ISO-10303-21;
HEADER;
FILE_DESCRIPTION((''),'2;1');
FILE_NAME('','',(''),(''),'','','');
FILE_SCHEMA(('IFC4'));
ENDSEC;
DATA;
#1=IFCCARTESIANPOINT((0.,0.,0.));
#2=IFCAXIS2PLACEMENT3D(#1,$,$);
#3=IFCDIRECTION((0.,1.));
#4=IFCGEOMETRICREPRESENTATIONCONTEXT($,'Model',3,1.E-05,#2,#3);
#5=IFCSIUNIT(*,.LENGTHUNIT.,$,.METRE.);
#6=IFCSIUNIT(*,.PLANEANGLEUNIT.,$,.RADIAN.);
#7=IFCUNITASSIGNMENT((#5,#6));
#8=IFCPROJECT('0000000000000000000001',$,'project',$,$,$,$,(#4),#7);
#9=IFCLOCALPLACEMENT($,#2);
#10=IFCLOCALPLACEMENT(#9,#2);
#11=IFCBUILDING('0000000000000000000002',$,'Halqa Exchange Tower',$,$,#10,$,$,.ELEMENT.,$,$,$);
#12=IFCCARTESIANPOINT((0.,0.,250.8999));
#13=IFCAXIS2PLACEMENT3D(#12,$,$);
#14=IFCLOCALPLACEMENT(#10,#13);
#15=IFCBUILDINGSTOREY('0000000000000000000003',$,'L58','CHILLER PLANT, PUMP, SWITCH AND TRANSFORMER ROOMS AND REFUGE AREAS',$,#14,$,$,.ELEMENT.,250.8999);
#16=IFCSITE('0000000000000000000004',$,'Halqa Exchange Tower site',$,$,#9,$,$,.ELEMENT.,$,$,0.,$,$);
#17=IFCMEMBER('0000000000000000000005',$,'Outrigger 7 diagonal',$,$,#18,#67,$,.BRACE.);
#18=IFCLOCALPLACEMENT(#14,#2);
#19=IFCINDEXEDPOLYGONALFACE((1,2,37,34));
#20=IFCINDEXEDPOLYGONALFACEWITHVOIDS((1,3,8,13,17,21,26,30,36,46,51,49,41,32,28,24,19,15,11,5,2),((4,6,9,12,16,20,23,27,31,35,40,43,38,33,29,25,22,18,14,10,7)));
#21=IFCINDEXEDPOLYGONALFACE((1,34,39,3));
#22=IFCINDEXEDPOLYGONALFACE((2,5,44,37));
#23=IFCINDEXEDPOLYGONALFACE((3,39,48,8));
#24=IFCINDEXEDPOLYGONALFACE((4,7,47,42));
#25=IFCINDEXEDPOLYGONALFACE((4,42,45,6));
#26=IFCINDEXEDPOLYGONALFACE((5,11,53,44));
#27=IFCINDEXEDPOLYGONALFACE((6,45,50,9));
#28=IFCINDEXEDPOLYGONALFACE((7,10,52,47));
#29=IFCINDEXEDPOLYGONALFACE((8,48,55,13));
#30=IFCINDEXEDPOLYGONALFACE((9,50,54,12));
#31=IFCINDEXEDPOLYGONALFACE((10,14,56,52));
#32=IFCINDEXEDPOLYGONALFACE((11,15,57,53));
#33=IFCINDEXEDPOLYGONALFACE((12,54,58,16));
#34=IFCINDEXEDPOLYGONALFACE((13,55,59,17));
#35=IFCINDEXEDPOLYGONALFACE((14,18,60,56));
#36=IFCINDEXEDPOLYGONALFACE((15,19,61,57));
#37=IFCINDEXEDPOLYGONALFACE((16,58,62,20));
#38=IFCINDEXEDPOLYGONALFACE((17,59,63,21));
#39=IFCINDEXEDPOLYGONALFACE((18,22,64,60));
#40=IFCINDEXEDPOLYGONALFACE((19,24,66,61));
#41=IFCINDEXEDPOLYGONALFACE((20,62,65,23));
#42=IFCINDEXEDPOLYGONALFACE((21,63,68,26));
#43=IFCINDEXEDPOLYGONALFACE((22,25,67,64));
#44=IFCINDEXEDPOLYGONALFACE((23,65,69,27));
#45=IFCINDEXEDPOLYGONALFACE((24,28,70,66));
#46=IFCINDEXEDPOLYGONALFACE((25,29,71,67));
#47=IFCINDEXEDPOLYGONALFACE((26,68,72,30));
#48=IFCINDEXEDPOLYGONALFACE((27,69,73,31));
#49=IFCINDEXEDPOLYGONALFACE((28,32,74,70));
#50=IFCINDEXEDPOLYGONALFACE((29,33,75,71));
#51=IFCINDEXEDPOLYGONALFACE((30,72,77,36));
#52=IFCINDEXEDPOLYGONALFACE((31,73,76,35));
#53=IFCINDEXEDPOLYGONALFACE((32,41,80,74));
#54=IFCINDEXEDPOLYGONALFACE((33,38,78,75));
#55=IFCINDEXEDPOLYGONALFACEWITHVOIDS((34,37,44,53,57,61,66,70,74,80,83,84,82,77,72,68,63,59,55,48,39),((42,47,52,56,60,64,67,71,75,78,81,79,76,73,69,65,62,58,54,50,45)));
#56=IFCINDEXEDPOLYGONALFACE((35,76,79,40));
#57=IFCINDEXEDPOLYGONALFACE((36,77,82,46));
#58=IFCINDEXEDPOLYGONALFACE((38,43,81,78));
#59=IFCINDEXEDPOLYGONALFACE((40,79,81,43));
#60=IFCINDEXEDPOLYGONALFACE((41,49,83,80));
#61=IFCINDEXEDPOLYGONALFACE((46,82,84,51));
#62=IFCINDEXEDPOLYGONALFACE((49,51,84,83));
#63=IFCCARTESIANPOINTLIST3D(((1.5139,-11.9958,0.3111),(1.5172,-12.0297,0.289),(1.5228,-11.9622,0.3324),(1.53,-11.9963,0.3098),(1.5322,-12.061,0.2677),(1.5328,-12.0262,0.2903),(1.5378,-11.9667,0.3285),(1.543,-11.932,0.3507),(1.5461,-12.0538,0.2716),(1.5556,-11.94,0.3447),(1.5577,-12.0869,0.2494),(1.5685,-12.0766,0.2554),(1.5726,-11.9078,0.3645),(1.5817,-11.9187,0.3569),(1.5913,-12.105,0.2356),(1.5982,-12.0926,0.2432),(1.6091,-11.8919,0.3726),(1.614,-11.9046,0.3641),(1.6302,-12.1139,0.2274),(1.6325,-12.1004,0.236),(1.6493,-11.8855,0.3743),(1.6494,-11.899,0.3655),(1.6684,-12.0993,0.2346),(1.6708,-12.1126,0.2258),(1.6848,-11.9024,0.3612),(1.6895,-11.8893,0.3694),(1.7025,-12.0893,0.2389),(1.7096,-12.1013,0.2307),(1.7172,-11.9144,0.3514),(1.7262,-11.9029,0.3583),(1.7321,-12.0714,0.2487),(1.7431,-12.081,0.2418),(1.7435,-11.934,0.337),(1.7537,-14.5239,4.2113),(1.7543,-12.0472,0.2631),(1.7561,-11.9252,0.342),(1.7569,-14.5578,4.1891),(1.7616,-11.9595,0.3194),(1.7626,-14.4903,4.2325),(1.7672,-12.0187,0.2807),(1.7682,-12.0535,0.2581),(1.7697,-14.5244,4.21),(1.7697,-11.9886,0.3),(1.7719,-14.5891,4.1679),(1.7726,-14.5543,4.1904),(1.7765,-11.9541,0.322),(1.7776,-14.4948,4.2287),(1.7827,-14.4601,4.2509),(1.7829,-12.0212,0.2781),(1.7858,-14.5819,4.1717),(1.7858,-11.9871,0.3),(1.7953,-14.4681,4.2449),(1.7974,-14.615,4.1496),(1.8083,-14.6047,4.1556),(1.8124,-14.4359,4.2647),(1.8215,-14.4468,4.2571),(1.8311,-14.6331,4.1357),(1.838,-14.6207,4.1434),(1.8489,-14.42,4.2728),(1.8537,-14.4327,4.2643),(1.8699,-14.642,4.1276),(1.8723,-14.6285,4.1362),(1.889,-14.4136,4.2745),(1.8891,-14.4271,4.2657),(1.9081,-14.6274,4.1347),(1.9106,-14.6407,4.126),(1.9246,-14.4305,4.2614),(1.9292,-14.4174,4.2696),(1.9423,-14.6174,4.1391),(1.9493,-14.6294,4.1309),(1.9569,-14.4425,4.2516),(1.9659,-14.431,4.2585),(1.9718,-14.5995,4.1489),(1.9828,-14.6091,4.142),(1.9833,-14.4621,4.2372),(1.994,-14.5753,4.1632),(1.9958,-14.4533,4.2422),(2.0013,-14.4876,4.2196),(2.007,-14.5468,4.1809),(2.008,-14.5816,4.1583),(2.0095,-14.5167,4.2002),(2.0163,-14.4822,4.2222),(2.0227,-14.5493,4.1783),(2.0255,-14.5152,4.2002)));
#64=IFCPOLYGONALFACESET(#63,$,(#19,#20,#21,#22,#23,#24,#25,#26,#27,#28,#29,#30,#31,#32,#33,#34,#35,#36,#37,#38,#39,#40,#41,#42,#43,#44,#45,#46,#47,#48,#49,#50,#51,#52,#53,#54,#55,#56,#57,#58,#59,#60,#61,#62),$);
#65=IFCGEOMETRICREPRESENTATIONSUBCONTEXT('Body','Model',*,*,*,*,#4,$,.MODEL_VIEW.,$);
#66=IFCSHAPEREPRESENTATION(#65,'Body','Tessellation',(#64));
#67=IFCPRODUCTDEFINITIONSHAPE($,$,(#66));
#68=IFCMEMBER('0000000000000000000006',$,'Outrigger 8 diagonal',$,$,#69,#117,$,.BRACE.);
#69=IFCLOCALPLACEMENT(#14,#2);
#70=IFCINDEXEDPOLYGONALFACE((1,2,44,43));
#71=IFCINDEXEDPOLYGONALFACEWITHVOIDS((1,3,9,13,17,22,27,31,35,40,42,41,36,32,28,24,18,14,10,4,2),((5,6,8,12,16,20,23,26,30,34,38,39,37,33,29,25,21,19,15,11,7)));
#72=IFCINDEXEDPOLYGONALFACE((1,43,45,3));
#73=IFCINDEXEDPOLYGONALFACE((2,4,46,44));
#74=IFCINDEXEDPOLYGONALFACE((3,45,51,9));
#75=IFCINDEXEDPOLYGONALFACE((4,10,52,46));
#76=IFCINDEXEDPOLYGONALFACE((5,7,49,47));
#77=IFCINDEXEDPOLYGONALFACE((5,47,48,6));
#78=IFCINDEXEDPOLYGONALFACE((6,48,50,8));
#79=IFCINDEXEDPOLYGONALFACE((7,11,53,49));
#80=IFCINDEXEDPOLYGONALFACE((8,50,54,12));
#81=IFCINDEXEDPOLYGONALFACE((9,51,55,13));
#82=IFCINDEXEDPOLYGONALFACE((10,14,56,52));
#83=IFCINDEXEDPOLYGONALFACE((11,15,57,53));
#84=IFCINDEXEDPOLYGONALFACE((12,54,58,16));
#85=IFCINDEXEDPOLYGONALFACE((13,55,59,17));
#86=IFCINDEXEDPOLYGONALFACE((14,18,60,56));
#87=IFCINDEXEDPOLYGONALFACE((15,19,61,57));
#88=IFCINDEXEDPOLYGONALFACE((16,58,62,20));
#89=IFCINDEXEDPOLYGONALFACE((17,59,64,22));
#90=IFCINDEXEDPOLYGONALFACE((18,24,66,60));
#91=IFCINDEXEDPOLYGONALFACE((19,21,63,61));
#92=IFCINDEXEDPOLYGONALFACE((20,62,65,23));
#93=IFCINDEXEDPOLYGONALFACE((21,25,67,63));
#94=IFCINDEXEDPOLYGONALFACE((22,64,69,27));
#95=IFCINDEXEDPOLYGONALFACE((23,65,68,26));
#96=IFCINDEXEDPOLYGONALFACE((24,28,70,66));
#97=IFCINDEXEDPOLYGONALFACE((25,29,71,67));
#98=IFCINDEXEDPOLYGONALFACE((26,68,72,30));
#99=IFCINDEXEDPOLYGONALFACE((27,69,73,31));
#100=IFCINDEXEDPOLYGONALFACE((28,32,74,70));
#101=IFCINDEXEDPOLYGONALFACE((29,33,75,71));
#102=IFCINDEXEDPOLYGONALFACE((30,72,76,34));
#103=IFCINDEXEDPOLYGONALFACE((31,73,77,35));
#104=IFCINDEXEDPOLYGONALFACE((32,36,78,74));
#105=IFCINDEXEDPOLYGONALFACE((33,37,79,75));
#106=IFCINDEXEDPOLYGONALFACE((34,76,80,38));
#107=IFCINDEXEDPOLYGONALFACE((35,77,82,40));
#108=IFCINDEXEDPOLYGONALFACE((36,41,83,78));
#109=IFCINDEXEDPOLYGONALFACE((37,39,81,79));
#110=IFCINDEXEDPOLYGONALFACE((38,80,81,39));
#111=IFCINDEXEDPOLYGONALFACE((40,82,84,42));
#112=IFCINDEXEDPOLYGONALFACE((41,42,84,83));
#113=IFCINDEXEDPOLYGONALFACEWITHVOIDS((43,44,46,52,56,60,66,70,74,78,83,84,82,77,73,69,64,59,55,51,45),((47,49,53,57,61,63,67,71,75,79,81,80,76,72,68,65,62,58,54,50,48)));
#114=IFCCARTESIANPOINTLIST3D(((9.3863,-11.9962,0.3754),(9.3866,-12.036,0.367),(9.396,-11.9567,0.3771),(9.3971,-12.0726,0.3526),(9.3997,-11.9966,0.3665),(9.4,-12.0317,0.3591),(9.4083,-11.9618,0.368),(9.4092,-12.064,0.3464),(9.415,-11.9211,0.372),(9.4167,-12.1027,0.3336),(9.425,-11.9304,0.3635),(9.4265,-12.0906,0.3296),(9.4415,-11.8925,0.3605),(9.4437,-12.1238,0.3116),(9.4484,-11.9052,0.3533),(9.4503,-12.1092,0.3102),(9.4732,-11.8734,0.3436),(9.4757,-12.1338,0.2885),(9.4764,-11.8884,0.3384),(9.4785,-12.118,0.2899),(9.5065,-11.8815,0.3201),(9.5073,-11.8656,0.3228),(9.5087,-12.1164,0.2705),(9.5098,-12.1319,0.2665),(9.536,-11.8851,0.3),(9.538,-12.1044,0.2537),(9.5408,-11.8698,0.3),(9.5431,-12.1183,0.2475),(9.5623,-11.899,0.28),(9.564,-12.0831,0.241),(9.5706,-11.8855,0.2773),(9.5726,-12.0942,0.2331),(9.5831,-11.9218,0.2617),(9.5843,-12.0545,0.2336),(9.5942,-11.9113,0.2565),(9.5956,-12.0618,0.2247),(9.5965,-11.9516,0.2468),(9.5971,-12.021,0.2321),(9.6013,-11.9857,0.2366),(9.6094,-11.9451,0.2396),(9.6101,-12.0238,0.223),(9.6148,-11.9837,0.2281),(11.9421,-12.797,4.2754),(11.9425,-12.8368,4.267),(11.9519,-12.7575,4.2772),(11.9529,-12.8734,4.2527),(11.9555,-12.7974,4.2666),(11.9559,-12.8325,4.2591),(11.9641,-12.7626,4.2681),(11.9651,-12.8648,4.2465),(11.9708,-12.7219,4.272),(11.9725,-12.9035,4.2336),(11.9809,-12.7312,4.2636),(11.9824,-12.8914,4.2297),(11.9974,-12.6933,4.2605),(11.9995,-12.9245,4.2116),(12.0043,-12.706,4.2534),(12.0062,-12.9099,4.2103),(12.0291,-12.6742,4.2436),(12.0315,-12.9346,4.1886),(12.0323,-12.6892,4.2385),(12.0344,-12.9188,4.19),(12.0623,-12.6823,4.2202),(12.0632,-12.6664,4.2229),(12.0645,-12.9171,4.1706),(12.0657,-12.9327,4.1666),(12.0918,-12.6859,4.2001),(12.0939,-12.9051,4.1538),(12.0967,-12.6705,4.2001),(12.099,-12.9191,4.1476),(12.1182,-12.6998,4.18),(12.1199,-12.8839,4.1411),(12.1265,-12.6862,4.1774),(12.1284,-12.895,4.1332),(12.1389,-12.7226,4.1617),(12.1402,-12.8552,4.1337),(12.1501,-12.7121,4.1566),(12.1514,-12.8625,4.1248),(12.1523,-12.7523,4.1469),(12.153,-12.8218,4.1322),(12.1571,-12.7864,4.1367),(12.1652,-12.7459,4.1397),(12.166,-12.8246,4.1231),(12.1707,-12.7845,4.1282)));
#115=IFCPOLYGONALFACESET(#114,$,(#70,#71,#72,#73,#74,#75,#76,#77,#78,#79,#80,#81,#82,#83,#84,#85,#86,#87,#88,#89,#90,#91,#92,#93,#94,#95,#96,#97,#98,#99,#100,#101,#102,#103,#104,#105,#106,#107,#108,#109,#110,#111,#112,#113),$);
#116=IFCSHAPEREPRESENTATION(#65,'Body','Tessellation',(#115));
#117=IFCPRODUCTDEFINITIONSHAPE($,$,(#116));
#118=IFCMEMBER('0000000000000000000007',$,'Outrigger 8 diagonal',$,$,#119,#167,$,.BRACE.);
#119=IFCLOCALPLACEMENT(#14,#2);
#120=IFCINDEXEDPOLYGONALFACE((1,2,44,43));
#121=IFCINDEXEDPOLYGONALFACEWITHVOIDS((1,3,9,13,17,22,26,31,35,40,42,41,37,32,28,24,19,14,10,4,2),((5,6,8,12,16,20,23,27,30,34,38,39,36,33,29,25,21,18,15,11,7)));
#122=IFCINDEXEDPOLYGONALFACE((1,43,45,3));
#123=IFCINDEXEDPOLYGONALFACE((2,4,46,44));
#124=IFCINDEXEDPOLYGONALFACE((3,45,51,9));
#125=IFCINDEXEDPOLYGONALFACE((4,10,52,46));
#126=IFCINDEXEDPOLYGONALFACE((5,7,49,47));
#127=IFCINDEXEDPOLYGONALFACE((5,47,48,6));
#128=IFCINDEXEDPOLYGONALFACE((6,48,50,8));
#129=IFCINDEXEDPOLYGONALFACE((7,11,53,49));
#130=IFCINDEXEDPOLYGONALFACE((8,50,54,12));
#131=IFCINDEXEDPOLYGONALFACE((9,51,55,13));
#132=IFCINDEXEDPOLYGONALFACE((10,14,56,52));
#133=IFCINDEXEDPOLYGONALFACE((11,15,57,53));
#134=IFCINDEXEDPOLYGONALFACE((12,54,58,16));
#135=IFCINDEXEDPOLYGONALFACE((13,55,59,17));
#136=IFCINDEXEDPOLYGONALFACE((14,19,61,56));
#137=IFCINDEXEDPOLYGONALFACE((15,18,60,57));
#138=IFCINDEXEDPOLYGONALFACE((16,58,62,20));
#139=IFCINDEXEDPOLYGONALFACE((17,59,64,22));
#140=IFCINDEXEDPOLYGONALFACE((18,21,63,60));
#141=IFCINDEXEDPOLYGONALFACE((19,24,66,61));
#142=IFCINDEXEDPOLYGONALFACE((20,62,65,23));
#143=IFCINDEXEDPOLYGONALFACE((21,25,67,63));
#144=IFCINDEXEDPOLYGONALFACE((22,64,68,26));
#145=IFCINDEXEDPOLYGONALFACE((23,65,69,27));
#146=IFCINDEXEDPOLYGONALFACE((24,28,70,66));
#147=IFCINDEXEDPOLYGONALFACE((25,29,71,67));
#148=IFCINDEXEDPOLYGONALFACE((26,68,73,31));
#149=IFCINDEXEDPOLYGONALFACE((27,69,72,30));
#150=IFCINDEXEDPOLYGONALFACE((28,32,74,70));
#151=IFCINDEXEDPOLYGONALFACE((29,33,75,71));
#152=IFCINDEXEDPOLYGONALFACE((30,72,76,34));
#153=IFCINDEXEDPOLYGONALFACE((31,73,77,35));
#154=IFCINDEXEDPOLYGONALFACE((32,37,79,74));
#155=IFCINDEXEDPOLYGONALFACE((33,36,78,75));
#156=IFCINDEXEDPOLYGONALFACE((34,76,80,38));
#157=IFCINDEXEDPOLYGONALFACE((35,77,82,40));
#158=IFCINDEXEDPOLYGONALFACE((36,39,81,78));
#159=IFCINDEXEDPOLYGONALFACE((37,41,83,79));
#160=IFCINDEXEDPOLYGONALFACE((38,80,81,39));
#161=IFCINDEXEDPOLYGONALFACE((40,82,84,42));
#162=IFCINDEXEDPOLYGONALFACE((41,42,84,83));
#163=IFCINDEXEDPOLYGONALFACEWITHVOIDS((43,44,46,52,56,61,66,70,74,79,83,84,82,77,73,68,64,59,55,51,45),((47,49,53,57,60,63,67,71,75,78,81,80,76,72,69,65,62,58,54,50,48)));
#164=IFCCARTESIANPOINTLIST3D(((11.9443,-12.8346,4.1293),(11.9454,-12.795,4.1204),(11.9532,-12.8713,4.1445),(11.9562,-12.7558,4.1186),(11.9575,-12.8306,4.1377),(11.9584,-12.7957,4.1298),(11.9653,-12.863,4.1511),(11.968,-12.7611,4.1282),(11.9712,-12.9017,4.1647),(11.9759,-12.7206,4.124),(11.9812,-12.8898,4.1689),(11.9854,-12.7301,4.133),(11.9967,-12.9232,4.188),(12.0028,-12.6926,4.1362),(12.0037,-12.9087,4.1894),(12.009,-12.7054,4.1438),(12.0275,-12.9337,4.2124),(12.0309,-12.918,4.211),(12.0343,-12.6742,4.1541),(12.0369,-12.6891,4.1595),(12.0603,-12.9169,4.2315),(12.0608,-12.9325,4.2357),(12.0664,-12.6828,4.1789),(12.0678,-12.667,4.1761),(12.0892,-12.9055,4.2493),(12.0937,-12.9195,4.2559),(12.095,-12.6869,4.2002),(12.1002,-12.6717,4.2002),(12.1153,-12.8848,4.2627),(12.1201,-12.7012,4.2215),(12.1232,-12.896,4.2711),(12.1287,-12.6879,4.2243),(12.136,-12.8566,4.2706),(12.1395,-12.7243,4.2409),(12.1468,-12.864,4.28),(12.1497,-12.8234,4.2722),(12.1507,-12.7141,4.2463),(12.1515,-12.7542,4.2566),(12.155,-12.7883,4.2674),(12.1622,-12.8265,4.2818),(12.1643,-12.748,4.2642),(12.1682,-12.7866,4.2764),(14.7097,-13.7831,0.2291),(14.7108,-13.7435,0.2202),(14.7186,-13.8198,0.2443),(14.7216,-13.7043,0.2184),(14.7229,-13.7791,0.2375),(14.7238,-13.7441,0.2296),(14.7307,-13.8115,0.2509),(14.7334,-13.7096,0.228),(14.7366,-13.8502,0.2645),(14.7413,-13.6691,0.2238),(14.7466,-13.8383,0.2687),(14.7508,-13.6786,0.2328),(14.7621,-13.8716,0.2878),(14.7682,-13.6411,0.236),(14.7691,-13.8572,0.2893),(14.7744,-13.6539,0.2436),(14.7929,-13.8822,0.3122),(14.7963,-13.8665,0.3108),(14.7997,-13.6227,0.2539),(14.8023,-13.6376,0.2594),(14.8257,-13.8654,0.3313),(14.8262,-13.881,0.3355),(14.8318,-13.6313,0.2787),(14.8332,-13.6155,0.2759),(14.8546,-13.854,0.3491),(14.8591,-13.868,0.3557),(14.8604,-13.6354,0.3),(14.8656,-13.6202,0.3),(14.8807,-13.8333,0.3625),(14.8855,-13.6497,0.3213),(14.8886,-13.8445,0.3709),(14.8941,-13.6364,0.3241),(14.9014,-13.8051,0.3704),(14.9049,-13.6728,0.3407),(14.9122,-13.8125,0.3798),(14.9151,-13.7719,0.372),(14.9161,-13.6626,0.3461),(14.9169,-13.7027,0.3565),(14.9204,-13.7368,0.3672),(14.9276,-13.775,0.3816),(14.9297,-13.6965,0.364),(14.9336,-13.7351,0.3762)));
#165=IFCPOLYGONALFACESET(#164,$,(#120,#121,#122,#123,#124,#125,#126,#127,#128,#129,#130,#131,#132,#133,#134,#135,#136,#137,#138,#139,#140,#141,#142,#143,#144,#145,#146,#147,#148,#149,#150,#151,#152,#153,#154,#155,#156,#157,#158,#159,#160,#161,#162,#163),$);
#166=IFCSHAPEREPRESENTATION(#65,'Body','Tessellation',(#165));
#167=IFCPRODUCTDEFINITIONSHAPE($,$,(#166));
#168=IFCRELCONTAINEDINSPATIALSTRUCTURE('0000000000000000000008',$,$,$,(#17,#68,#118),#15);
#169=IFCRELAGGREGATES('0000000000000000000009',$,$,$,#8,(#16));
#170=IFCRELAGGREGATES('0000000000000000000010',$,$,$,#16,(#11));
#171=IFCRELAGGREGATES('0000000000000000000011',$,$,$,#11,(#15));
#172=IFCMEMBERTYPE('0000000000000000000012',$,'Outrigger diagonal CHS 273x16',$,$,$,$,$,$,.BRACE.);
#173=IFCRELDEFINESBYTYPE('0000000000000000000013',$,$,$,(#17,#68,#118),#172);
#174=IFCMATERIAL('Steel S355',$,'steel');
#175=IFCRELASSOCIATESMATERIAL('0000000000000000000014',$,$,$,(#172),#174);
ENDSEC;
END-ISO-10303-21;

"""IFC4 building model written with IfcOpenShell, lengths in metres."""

from ifc_helpers import new_model, si_unit, direction, frame, origin, origin_2d, place, context, subcontext, project, spatial, hollow_circle, extrude, material, material_profile, profile_set, type_object, element, save


model = new_model("IFC4")

# Units and contexts
model_context = context("Model", 3, precision=1e-05, world=origin(), true_north=direction((0.0, 1.0)))
body_context = subcontext(model_context, "Body", "Model", "MODEL_VIEW")
ifc_project = project(units=[si_unit("LENGTHUNIT", "METRE"), si_unit("PLANEANGLEUNIT", "RADIAN")], contexts=[model_context])

# Site, building, storey
site_placement = place(None, origin())
site = spatial("IfcSite", under=ifc_project, at=site_placement, Name="Halqa Exchange Tower site", CompositionType="ELEMENT", RefElevation=0.0)
building_placement = place(site_placement, origin())
building = spatial("IfcBuilding", under=site, at=building_placement, Name="Halqa Exchange Tower", CompositionType="ELEMENT")
storey_placement = place(building_placement, frame((0.0, 0.0, 250.8999)))
storey = spatial("IfcBuildingStorey", under=building, at=storey_placement, Name="L58", Description="CHILLER PLANT, PUMP, SWITCH AND TRANSFORMER ROOMS AND REFUGE AREAS", CompositionType="ELEMENT", Elevation=250.8999)

# Shared definitions
ifc_material_1 = material(Name="Steel S355", Category="steel")

# Members
ifc_material_profile_1 = material_profile(ifc_material_1, hollow_circle(Radius=0.1365, WallThickness=0.0161, at=origin_2d()), Name="CHS 273x16")
ifc_profile_set_1 = profile_set([ifc_material_profile_1], Name="Steel S355")
member_type_1 = type_object("IfcMemberType", Name="Outrigger diagonal CHS 273x16", PredefinedType="BRACE", material=ifc_profile_set_1)
member_1_placement = place(storey_placement, frame((1.6499, -12.0, 0.3), z_axis=(0.051514, -0.543204, 0.838019), x_axis=(0.995533, 0.09441, 0.0)))
element("IfcMember", 1, at=member_1_placement, inside=storey, type_object=member_type_1, Name="Outrigger 7 diagonal", PredefinedType="BRACE", context=body_context, shape_type="SweptSolid", body=[
    extrude(hollow_circle(Radius=0.1365, WallThickness=0.0161, at=origin_2d()), origin(), (0.0, 0.0, 1.0), 4.6541),
])
member_2_placement = place(storey_placement, frame((9.5, -12.0, 0.3), z_axis=(0.540214, -0.169252, 0.824331), x_axis=(0.298976, 0.954261, 0.0)))
element("IfcMember", 2, at=member_2_placement, inside=storey, type_object=member_type_1, Name="Outrigger 8 diagonal", PredefinedType="BRACE", context=body_context, shape_type="SweptSolid", body=[
    extrude(hollow_circle(Radius=0.1365, WallThickness=0.0161, at=origin_2d()), origin(), (0.0, 0.0, 1.0), 4.7312),
])
member_3_placement = place(storey_placement, frame((12.0559, -12.8008, 4.2002), z_axis=(0.567347, -0.194592, -0.800157), x_axis=(0.324433, 0.945909, 0.0)))
element("IfcMember", 3, at=member_3_placement, inside=storey, type_object=member_type_1, Name="Outrigger 8 diagonal", PredefinedType="BRACE", context=body_context, shape_type="SweptSolid", body=[
    extrude(hollow_circle(Radius=0.1365, WallThickness=0.0161, at=origin_2d()), origin(), (0.0, 0.0, 1.0), 4.8743),
])

save(model, "model.ifc")
